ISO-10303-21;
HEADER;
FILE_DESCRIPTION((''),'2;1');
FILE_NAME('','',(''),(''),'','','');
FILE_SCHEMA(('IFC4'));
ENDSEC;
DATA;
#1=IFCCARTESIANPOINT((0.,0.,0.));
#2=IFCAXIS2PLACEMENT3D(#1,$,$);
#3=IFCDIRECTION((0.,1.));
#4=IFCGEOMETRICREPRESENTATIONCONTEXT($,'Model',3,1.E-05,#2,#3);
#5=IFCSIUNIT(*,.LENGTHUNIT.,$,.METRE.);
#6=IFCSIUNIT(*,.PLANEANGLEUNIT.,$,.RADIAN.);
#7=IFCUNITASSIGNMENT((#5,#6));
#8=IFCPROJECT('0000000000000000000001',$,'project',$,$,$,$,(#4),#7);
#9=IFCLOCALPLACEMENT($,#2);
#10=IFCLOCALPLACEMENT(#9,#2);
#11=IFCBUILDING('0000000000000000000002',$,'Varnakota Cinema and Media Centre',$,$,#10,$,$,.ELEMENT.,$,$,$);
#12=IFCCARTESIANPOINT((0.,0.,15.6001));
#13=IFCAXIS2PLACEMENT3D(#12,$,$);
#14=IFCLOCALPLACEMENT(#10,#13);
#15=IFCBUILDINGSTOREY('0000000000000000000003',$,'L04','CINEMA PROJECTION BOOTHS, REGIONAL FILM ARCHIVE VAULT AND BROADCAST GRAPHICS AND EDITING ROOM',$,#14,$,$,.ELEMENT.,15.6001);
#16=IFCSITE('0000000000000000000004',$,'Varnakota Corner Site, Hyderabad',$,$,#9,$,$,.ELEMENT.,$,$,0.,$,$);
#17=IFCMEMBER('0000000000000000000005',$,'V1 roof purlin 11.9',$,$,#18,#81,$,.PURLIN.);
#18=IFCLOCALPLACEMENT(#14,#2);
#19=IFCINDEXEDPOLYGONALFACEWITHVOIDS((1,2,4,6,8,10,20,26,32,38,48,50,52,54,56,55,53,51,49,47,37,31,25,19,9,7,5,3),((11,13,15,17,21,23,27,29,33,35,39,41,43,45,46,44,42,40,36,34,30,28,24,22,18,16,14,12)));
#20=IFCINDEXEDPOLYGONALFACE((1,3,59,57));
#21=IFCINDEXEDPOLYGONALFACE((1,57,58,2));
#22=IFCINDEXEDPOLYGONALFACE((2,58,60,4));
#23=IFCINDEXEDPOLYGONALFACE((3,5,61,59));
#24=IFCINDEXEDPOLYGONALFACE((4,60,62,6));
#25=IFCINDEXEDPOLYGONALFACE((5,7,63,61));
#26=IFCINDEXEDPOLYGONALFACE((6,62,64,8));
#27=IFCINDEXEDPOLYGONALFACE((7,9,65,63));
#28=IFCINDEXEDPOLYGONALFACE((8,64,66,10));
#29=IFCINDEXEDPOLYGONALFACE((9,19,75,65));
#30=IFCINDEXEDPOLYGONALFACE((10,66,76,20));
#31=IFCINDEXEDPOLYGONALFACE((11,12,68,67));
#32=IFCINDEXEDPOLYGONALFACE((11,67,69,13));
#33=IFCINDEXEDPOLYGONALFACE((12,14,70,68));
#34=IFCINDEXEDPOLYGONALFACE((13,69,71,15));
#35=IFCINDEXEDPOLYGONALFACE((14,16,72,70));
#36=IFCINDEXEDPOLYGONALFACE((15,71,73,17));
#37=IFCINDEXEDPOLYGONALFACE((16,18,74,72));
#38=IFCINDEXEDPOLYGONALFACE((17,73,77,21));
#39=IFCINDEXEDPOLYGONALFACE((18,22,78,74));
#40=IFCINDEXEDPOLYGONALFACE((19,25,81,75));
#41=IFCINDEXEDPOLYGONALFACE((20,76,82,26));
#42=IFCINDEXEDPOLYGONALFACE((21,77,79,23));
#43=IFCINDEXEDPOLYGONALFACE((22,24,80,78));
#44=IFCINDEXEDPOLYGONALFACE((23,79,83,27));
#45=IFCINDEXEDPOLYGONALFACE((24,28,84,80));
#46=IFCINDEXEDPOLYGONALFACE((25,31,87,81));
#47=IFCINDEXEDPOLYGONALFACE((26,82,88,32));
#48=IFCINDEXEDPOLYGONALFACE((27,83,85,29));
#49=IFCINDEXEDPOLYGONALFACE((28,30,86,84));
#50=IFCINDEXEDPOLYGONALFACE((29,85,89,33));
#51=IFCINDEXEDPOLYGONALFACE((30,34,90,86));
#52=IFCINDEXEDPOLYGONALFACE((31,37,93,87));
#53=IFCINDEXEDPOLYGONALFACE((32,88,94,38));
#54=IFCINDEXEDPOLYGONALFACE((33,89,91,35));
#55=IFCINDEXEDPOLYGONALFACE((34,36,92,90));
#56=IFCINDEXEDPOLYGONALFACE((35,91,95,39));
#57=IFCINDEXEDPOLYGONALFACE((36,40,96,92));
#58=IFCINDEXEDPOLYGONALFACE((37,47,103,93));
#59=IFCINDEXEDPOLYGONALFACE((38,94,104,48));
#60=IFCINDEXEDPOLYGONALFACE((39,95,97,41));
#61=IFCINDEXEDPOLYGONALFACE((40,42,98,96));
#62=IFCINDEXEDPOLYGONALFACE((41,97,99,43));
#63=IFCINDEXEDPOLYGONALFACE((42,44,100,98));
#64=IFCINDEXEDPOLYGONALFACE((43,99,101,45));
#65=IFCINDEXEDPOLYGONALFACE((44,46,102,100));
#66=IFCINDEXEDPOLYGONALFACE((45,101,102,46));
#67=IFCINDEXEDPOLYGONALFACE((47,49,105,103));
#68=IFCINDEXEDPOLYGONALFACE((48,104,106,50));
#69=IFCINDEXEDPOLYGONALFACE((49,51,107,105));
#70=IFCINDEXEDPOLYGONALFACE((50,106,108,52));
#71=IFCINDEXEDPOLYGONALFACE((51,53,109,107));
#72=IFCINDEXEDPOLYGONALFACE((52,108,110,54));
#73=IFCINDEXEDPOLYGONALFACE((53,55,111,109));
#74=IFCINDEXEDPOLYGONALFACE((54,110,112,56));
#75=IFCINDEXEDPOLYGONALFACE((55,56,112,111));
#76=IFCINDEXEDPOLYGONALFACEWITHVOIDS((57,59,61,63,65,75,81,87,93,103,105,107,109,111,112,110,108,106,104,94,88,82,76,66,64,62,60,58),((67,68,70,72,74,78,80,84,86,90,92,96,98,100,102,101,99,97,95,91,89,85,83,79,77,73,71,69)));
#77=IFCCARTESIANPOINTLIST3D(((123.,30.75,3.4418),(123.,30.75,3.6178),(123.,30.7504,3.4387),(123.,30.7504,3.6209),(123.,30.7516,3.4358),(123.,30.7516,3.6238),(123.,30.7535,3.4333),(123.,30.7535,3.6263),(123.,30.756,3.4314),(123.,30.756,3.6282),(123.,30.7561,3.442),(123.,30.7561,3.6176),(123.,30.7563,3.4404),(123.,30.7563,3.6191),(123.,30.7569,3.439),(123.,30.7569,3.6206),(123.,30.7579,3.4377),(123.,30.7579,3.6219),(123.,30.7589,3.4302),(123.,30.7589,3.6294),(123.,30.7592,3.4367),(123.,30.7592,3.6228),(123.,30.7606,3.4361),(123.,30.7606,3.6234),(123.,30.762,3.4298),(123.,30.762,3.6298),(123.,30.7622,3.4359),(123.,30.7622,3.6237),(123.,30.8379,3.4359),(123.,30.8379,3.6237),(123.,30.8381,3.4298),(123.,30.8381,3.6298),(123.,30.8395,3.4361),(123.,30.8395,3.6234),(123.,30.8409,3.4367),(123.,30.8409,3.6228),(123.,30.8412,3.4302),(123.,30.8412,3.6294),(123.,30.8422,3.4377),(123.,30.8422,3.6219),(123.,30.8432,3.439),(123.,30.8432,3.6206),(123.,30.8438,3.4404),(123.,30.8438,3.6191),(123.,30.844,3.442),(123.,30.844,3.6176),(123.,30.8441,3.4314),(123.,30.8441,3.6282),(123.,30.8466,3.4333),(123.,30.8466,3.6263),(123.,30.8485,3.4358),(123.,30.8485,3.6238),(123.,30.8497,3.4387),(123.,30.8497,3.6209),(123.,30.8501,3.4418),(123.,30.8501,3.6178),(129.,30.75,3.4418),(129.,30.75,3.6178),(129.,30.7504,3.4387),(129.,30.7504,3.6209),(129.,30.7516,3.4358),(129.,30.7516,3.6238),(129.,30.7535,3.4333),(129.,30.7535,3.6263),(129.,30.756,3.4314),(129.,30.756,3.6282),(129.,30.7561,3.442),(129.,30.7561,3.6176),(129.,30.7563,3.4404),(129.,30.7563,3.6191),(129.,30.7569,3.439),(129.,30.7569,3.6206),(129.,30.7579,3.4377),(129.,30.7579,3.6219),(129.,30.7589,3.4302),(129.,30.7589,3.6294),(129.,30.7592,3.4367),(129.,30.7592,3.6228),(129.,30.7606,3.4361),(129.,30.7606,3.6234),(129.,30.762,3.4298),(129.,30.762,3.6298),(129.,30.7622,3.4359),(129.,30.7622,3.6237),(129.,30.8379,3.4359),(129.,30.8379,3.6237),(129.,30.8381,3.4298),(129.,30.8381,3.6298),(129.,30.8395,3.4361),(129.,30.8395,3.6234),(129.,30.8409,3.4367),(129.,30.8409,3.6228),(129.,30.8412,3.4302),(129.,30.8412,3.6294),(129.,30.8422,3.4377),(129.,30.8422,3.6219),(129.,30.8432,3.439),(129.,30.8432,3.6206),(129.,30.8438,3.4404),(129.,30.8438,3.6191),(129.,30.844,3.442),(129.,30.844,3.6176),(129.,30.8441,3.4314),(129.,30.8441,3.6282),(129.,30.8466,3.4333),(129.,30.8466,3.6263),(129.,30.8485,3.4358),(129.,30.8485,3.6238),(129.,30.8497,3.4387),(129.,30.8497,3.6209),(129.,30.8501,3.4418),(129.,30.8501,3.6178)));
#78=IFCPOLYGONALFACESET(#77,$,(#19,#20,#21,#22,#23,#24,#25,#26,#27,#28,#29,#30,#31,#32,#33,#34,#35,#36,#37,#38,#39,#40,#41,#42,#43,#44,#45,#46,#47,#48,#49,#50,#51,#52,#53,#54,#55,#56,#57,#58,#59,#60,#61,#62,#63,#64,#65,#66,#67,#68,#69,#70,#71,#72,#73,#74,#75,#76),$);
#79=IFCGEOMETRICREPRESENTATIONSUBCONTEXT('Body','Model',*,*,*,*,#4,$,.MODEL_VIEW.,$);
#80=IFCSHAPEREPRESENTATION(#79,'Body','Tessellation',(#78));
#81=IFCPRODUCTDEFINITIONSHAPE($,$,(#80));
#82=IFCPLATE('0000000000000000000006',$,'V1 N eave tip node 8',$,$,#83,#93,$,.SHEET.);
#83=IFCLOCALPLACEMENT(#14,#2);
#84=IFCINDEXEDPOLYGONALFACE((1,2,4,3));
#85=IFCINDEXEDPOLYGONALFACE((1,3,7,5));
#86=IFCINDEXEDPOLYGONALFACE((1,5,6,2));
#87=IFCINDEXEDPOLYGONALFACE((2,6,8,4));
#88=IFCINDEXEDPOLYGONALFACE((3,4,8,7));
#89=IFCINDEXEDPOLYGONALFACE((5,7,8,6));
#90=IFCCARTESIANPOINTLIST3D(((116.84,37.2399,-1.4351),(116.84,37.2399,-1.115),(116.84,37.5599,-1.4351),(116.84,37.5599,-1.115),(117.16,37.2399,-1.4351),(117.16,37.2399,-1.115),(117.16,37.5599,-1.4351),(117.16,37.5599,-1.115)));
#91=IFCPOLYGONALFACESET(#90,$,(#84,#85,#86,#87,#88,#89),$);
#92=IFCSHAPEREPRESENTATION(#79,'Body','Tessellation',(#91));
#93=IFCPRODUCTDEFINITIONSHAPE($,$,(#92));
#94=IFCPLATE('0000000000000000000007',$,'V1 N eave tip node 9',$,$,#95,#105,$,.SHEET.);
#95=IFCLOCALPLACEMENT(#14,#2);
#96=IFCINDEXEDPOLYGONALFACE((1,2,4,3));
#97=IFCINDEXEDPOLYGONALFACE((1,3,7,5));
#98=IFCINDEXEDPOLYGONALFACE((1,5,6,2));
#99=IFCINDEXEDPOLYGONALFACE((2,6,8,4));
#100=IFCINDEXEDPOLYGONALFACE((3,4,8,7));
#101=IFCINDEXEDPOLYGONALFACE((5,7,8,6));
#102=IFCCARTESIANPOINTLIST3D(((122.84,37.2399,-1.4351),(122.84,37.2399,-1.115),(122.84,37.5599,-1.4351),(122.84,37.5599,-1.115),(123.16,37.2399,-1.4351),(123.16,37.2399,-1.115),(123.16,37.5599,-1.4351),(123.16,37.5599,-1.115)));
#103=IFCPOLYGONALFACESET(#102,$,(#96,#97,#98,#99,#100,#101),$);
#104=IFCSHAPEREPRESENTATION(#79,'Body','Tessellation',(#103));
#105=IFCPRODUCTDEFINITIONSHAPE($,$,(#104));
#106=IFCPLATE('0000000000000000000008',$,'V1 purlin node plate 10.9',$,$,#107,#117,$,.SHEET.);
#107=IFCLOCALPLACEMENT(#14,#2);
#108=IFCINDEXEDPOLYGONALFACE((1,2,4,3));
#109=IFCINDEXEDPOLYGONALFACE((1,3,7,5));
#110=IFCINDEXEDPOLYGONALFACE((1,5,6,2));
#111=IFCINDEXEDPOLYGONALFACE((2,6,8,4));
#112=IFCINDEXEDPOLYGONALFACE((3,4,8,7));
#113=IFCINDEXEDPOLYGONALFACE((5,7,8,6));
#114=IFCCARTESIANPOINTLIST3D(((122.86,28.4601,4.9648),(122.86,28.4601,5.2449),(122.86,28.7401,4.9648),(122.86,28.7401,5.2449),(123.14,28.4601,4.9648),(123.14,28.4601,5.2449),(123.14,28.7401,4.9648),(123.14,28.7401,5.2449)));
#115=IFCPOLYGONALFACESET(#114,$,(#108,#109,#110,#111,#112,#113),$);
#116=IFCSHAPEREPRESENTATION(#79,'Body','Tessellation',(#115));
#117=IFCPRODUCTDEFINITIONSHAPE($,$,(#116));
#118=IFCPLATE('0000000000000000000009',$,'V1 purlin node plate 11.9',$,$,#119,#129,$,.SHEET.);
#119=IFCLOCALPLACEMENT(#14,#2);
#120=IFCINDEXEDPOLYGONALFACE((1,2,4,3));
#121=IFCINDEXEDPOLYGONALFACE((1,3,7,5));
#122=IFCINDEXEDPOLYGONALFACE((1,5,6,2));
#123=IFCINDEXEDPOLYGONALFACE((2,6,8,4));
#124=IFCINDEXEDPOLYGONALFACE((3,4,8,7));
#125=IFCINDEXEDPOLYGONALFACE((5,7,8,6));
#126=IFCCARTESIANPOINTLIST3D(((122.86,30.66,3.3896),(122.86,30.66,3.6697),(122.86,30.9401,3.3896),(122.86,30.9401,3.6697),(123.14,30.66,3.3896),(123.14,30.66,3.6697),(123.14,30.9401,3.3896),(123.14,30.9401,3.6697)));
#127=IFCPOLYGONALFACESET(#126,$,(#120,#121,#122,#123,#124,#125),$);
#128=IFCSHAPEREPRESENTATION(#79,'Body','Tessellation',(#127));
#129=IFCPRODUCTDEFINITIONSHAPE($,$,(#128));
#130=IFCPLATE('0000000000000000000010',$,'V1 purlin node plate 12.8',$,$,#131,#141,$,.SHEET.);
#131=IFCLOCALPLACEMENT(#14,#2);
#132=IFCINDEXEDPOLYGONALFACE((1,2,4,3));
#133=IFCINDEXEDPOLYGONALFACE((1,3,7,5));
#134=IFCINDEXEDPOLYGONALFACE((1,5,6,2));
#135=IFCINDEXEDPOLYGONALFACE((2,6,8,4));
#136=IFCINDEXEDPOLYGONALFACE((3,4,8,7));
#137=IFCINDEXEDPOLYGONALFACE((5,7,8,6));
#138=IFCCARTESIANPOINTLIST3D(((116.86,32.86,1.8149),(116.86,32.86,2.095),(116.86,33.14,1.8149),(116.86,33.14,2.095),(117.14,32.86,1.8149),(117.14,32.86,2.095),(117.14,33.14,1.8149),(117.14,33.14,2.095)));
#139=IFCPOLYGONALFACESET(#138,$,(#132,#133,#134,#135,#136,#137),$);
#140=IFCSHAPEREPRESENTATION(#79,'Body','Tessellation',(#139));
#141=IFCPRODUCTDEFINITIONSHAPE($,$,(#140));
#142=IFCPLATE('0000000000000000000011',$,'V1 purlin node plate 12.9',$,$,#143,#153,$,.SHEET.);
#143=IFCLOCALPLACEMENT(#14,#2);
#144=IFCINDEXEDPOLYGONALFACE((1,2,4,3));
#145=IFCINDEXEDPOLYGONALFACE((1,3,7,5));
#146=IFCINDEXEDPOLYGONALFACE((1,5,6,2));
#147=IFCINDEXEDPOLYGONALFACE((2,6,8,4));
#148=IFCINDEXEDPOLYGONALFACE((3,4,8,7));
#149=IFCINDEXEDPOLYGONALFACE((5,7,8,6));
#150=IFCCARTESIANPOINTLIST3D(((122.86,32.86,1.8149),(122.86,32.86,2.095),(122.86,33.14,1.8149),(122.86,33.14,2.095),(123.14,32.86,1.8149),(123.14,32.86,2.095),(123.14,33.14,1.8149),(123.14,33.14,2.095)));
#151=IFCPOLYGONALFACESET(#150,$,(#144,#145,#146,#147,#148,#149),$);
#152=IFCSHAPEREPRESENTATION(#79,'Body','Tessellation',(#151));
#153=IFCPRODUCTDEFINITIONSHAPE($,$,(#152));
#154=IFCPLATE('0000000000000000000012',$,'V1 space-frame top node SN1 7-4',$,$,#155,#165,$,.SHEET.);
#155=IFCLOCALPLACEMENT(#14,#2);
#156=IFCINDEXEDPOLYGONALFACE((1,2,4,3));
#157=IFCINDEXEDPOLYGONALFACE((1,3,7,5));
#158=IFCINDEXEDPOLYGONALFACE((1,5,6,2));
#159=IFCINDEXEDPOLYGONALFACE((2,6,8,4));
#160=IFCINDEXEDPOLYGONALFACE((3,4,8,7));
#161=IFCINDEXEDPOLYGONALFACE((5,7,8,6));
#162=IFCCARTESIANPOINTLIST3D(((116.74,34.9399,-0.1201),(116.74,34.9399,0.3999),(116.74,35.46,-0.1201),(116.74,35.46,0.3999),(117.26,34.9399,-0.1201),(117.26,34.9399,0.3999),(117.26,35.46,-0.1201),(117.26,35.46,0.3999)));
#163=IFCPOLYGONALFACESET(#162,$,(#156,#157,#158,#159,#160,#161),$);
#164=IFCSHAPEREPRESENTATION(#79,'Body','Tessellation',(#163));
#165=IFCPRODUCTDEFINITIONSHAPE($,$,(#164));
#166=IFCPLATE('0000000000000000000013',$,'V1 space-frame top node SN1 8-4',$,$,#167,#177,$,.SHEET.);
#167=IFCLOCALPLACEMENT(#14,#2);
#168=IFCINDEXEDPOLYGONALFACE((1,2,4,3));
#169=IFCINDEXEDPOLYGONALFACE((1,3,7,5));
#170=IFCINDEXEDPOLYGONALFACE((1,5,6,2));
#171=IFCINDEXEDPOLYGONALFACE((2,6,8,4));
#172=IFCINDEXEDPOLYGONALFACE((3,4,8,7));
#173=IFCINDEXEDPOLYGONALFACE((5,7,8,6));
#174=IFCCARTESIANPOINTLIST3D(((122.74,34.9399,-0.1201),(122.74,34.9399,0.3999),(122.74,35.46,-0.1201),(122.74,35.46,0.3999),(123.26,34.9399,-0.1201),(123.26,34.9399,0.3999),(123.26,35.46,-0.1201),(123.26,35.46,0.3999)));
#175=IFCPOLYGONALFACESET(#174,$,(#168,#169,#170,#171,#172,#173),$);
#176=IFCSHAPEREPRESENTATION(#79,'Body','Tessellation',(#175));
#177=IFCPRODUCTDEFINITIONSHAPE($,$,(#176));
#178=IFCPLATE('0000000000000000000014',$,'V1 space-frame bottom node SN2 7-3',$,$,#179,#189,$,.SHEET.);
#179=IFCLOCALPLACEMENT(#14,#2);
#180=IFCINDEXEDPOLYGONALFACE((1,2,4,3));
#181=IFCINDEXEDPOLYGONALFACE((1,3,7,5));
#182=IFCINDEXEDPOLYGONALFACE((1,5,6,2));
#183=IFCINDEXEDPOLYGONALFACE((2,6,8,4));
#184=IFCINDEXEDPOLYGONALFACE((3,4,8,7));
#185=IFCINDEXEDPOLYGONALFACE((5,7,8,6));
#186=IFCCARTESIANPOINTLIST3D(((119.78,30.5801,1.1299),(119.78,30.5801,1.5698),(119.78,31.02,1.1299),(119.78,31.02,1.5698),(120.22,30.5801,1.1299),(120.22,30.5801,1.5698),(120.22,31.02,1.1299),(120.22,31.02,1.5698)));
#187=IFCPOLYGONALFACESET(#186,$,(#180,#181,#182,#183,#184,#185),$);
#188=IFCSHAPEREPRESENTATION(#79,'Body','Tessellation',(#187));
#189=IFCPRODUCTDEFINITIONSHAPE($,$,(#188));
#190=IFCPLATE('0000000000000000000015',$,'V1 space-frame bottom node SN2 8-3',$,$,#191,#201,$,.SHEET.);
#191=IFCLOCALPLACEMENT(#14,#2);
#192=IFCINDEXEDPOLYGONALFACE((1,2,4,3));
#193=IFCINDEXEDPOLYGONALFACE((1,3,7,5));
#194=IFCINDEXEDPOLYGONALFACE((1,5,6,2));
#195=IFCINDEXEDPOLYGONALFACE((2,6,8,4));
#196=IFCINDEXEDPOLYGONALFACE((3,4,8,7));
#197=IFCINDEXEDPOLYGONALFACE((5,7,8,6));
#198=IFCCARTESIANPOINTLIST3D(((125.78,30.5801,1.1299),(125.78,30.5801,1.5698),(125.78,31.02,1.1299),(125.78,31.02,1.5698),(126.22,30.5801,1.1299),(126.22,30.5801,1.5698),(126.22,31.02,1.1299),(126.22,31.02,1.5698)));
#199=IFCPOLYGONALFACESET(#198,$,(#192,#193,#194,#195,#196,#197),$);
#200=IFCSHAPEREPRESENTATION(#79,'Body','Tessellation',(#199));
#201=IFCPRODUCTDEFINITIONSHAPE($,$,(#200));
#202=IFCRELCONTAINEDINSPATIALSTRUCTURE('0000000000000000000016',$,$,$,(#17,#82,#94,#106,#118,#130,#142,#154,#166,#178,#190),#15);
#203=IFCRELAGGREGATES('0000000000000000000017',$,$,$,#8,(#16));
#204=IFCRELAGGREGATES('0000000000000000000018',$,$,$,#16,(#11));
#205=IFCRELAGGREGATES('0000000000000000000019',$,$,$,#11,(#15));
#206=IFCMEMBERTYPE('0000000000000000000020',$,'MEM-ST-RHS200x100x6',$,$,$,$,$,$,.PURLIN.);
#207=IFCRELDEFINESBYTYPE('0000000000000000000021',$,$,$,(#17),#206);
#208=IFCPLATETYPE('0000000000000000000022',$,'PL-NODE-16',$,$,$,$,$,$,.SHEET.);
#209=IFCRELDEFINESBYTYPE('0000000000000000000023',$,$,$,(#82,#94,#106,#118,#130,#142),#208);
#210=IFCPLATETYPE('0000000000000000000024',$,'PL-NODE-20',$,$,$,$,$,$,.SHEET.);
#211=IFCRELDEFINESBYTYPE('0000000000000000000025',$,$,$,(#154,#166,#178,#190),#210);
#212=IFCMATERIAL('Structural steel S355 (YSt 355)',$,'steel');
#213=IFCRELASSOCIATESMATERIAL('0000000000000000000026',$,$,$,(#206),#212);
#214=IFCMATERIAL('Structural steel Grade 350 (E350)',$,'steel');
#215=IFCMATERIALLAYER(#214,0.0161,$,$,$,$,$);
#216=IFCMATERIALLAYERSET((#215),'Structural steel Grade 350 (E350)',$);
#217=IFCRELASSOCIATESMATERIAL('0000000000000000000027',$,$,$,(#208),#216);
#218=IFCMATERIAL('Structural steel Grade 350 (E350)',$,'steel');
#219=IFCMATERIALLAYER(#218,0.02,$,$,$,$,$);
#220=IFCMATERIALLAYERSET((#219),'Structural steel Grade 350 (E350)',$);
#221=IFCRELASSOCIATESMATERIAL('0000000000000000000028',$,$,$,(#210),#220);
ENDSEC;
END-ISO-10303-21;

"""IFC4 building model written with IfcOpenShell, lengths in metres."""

from ifc_helpers import new_model, si_unit, direction, frame, origin, origin_2d, place, context, subcontext, project, spatial, rectangle, hollow_rectangle, extrude, material, layer, layer_set, material_profile, profile_set, type_object, element, save


model = new_model("IFC4")

# Units and contexts
model_context = context("Model", 3, precision=1e-05, world=origin(), true_north=direction((0.0, 1.0)))
body_context = subcontext(model_context, "Body", "Model", "MODEL_VIEW")
ifc_project = project(units=[si_unit("LENGTHUNIT", "METRE"), si_unit("PLANEANGLEUNIT", "RADIAN")], contexts=[model_context])

# Site, building, storey
site_placement = place(None, origin())
site = spatial("IfcSite", under=ifc_project, at=site_placement, Name="Varnakota Corner Site, Hyderabad", CompositionType="ELEMENT", RefElevation=0.0)
building_placement = place(site_placement, origin())
building = spatial("IfcBuilding", under=site, at=building_placement, Name="Varnakota Cinema and Media Centre", CompositionType="ELEMENT")
storey_placement = place(building_placement, frame((0.0, 0.0, 15.6001)))
storey = spatial("IfcBuildingStorey", under=building, at=storey_placement, Name="L04", Description="CINEMA PROJECTION BOOTHS, REGIONAL FILM ARCHIVE VAULT AND BROADCAST GRAPHICS AND EDITING ROOM", CompositionType="ELEMENT", Elevation=15.6001)

# Member
ifc_material_1 = material(Name="Structural steel S355 (YSt 355)", Category="steel")
ifc_material_profile_1 = material_profile(ifc_material_1, hollow_rectangle(XDim=0.1001, YDim=0.2, WallThickness=0.0061, InnerFilletRadius=0.0061, OuterFilletRadius=0.012, at=origin_2d()), Name="RHS 200x100x6")
ifc_profile_set_1 = profile_set([ifc_material_profile_1], Name="Structural steel S355 (YSt 355)")
member_type_1 = type_object("IfcMemberType", Name="MEM-ST-RHS200x100x6", PredefinedType="PURLIN", material=ifc_profile_set_1)
member_1_placement = place(storey_placement, frame((123.0, 30.8, 3.5298), z_axis=(1.0, 0.0, 0.0), x_axis=(0.0, 1.0, 0.0)))
element("IfcMember", 1, at=member_1_placement, inside=storey, type_object=member_type_1, Name="V1 roof purlin 11.9", PredefinedType="PURLIN", context=body_context, shape_type="SweptSolid", body=[
    extrude(hollow_rectangle(XDim=0.1001, YDim=0.2, WallThickness=0.0061, InnerFilletRadius=0.0061, OuterFilletRadius=0.012, at=origin_2d()), origin(), (0.0, 0.0, 1.0), 6.0),
])

# Plates
ifc_material_2 = material(Name="Structural steel Grade 350 (E350)", Category="steel")
ifc_layer_1 = layer(ifc_material_2, 0.0161)
ifc_layer_set_1 = layer_set([ifc_layer_1], Name="Structural steel Grade 350 (E350)")
plate_type_1 = type_object("IfcPlateType", Name="PL-NODE-16", PredefinedType="SHEET", material=ifc_layer_set_1)
for number, where, z_axis, x_axis, name in (
    (2, (117.0, 37.3999, -1.4351), (0.0, 0.0, 1.0), (1.0, 0.0, 0.0), "V1 N eave tip node 8"),
    (3, (123.0, 37.3999, -1.4351), (0.0, 0.0, 1.0), (1.0, 0.0, 0.0), "V1 N eave tip node 9"),
):
    element("IfcPlate", number, at=place(storey_placement, frame(where, z_axis=z_axis, x_axis=x_axis)), inside=storey, type_object=plate_type_1, Name=name, PredefinedType="SHEET", context=body_context, shape_type="SweptSolid", body=[
        extrude(rectangle(XDim=0.3201, YDim=0.3201, at=origin_2d()), origin(), (0.0, 0.0, 1.0), 0.3201),
    ])
for number, where, z_axis, x_axis, name in (
    (4, (123.0, 28.6001, 4.9648), (0.0, 0.0, 1.0), (1.0, 0.0, 0.0), "V1 purlin node plate 10.9"),
    (5, (123.0, 30.8, 3.3896), (0.0, 0.0, 1.0), (1.0, 0.0, 0.0), "V1 purlin node plate 11.9"),
    (6, (117.0, 33.0, 1.8149), (0.0, 0.0, 1.0), (1.0, 0.0, 0.0), "V1 purlin node plate 12.8"),
    (7, (123.0, 33.0, 1.8149), (0.0, 0.0, 1.0), (1.0, 0.0, 0.0), "V1 purlin node plate 12.9"),
):
    element("IfcPlate", number, at=place(storey_placement, frame(where, z_axis=z_axis, x_axis=x_axis)), inside=storey, type_object=plate_type_1, Name=name, PredefinedType="SHEET", context=body_context, shape_type="SweptSolid", body=[
        extrude(rectangle(XDim=0.28, YDim=0.28, at=origin_2d()), origin(), (0.0, 0.0, 1.0), 0.28),
    ])
ifc_material_3 = material(Name="Structural steel Grade 350 (E350)", Category="steel")
ifc_layer_2 = layer(ifc_material_3, 0.02)
ifc_layer_set_2 = layer_set([ifc_layer_2], Name="Structural steel Grade 350 (E350)")
plate_type_2 = type_object("IfcPlateType", Name="PL-NODE-20", PredefinedType="SHEET", material=ifc_layer_set_2)
for number, where, z_axis, x_axis, name in (
    (8, (117.0, 35.2, -0.1201), (0.0, 0.0, 1.0), (1.0, 0.0, 0.0), "V1 space-frame top node SN1 7-4"),
    (9, (123.0, 35.2, -0.1201), (0.0, 0.0, 1.0), (1.0, 0.0, 0.0), "V1 space-frame top node SN1 8-4"),
):
    element("IfcPlate", number, at=place(storey_placement, frame(where, z_axis=z_axis, x_axis=x_axis)), inside=storey, type_object=plate_type_2, Name=name, PredefinedType="SHEET", context=body_context, shape_type="SweptSolid", body=[
        extrude(rectangle(XDim=0.52, YDim=0.52, at=origin_2d()), origin(), (0.0, 0.0, 1.0), 0.52),
    ])
for number, where, z_axis, x_axis, name in (
    (10, (120.0, 30.8, 1.1299), (0.0, 0.0, 1.0), (1.0, 0.0, 0.0), "V1 space-frame bottom node SN2 7-3"),
    (11, (126.0, 30.8, 1.1299), (0.0, 0.0, 1.0), (1.0, 0.0, 0.0), "V1 space-frame bottom node SN2 8-3"),
):
    element("IfcPlate", number, at=place(storey_placement, frame(where, z_axis=z_axis, x_axis=x_axis)), inside=storey, type_object=plate_type_2, Name=name, PredefinedType="SHEET", context=body_context, shape_type="SweptSolid", body=[
        extrude(rectangle(XDim=0.4399, YDim=0.4399, at=origin_2d()), origin(), (0.0, 0.0, 1.0), 0.4399),
    ])

save(model, "model.ifc")
